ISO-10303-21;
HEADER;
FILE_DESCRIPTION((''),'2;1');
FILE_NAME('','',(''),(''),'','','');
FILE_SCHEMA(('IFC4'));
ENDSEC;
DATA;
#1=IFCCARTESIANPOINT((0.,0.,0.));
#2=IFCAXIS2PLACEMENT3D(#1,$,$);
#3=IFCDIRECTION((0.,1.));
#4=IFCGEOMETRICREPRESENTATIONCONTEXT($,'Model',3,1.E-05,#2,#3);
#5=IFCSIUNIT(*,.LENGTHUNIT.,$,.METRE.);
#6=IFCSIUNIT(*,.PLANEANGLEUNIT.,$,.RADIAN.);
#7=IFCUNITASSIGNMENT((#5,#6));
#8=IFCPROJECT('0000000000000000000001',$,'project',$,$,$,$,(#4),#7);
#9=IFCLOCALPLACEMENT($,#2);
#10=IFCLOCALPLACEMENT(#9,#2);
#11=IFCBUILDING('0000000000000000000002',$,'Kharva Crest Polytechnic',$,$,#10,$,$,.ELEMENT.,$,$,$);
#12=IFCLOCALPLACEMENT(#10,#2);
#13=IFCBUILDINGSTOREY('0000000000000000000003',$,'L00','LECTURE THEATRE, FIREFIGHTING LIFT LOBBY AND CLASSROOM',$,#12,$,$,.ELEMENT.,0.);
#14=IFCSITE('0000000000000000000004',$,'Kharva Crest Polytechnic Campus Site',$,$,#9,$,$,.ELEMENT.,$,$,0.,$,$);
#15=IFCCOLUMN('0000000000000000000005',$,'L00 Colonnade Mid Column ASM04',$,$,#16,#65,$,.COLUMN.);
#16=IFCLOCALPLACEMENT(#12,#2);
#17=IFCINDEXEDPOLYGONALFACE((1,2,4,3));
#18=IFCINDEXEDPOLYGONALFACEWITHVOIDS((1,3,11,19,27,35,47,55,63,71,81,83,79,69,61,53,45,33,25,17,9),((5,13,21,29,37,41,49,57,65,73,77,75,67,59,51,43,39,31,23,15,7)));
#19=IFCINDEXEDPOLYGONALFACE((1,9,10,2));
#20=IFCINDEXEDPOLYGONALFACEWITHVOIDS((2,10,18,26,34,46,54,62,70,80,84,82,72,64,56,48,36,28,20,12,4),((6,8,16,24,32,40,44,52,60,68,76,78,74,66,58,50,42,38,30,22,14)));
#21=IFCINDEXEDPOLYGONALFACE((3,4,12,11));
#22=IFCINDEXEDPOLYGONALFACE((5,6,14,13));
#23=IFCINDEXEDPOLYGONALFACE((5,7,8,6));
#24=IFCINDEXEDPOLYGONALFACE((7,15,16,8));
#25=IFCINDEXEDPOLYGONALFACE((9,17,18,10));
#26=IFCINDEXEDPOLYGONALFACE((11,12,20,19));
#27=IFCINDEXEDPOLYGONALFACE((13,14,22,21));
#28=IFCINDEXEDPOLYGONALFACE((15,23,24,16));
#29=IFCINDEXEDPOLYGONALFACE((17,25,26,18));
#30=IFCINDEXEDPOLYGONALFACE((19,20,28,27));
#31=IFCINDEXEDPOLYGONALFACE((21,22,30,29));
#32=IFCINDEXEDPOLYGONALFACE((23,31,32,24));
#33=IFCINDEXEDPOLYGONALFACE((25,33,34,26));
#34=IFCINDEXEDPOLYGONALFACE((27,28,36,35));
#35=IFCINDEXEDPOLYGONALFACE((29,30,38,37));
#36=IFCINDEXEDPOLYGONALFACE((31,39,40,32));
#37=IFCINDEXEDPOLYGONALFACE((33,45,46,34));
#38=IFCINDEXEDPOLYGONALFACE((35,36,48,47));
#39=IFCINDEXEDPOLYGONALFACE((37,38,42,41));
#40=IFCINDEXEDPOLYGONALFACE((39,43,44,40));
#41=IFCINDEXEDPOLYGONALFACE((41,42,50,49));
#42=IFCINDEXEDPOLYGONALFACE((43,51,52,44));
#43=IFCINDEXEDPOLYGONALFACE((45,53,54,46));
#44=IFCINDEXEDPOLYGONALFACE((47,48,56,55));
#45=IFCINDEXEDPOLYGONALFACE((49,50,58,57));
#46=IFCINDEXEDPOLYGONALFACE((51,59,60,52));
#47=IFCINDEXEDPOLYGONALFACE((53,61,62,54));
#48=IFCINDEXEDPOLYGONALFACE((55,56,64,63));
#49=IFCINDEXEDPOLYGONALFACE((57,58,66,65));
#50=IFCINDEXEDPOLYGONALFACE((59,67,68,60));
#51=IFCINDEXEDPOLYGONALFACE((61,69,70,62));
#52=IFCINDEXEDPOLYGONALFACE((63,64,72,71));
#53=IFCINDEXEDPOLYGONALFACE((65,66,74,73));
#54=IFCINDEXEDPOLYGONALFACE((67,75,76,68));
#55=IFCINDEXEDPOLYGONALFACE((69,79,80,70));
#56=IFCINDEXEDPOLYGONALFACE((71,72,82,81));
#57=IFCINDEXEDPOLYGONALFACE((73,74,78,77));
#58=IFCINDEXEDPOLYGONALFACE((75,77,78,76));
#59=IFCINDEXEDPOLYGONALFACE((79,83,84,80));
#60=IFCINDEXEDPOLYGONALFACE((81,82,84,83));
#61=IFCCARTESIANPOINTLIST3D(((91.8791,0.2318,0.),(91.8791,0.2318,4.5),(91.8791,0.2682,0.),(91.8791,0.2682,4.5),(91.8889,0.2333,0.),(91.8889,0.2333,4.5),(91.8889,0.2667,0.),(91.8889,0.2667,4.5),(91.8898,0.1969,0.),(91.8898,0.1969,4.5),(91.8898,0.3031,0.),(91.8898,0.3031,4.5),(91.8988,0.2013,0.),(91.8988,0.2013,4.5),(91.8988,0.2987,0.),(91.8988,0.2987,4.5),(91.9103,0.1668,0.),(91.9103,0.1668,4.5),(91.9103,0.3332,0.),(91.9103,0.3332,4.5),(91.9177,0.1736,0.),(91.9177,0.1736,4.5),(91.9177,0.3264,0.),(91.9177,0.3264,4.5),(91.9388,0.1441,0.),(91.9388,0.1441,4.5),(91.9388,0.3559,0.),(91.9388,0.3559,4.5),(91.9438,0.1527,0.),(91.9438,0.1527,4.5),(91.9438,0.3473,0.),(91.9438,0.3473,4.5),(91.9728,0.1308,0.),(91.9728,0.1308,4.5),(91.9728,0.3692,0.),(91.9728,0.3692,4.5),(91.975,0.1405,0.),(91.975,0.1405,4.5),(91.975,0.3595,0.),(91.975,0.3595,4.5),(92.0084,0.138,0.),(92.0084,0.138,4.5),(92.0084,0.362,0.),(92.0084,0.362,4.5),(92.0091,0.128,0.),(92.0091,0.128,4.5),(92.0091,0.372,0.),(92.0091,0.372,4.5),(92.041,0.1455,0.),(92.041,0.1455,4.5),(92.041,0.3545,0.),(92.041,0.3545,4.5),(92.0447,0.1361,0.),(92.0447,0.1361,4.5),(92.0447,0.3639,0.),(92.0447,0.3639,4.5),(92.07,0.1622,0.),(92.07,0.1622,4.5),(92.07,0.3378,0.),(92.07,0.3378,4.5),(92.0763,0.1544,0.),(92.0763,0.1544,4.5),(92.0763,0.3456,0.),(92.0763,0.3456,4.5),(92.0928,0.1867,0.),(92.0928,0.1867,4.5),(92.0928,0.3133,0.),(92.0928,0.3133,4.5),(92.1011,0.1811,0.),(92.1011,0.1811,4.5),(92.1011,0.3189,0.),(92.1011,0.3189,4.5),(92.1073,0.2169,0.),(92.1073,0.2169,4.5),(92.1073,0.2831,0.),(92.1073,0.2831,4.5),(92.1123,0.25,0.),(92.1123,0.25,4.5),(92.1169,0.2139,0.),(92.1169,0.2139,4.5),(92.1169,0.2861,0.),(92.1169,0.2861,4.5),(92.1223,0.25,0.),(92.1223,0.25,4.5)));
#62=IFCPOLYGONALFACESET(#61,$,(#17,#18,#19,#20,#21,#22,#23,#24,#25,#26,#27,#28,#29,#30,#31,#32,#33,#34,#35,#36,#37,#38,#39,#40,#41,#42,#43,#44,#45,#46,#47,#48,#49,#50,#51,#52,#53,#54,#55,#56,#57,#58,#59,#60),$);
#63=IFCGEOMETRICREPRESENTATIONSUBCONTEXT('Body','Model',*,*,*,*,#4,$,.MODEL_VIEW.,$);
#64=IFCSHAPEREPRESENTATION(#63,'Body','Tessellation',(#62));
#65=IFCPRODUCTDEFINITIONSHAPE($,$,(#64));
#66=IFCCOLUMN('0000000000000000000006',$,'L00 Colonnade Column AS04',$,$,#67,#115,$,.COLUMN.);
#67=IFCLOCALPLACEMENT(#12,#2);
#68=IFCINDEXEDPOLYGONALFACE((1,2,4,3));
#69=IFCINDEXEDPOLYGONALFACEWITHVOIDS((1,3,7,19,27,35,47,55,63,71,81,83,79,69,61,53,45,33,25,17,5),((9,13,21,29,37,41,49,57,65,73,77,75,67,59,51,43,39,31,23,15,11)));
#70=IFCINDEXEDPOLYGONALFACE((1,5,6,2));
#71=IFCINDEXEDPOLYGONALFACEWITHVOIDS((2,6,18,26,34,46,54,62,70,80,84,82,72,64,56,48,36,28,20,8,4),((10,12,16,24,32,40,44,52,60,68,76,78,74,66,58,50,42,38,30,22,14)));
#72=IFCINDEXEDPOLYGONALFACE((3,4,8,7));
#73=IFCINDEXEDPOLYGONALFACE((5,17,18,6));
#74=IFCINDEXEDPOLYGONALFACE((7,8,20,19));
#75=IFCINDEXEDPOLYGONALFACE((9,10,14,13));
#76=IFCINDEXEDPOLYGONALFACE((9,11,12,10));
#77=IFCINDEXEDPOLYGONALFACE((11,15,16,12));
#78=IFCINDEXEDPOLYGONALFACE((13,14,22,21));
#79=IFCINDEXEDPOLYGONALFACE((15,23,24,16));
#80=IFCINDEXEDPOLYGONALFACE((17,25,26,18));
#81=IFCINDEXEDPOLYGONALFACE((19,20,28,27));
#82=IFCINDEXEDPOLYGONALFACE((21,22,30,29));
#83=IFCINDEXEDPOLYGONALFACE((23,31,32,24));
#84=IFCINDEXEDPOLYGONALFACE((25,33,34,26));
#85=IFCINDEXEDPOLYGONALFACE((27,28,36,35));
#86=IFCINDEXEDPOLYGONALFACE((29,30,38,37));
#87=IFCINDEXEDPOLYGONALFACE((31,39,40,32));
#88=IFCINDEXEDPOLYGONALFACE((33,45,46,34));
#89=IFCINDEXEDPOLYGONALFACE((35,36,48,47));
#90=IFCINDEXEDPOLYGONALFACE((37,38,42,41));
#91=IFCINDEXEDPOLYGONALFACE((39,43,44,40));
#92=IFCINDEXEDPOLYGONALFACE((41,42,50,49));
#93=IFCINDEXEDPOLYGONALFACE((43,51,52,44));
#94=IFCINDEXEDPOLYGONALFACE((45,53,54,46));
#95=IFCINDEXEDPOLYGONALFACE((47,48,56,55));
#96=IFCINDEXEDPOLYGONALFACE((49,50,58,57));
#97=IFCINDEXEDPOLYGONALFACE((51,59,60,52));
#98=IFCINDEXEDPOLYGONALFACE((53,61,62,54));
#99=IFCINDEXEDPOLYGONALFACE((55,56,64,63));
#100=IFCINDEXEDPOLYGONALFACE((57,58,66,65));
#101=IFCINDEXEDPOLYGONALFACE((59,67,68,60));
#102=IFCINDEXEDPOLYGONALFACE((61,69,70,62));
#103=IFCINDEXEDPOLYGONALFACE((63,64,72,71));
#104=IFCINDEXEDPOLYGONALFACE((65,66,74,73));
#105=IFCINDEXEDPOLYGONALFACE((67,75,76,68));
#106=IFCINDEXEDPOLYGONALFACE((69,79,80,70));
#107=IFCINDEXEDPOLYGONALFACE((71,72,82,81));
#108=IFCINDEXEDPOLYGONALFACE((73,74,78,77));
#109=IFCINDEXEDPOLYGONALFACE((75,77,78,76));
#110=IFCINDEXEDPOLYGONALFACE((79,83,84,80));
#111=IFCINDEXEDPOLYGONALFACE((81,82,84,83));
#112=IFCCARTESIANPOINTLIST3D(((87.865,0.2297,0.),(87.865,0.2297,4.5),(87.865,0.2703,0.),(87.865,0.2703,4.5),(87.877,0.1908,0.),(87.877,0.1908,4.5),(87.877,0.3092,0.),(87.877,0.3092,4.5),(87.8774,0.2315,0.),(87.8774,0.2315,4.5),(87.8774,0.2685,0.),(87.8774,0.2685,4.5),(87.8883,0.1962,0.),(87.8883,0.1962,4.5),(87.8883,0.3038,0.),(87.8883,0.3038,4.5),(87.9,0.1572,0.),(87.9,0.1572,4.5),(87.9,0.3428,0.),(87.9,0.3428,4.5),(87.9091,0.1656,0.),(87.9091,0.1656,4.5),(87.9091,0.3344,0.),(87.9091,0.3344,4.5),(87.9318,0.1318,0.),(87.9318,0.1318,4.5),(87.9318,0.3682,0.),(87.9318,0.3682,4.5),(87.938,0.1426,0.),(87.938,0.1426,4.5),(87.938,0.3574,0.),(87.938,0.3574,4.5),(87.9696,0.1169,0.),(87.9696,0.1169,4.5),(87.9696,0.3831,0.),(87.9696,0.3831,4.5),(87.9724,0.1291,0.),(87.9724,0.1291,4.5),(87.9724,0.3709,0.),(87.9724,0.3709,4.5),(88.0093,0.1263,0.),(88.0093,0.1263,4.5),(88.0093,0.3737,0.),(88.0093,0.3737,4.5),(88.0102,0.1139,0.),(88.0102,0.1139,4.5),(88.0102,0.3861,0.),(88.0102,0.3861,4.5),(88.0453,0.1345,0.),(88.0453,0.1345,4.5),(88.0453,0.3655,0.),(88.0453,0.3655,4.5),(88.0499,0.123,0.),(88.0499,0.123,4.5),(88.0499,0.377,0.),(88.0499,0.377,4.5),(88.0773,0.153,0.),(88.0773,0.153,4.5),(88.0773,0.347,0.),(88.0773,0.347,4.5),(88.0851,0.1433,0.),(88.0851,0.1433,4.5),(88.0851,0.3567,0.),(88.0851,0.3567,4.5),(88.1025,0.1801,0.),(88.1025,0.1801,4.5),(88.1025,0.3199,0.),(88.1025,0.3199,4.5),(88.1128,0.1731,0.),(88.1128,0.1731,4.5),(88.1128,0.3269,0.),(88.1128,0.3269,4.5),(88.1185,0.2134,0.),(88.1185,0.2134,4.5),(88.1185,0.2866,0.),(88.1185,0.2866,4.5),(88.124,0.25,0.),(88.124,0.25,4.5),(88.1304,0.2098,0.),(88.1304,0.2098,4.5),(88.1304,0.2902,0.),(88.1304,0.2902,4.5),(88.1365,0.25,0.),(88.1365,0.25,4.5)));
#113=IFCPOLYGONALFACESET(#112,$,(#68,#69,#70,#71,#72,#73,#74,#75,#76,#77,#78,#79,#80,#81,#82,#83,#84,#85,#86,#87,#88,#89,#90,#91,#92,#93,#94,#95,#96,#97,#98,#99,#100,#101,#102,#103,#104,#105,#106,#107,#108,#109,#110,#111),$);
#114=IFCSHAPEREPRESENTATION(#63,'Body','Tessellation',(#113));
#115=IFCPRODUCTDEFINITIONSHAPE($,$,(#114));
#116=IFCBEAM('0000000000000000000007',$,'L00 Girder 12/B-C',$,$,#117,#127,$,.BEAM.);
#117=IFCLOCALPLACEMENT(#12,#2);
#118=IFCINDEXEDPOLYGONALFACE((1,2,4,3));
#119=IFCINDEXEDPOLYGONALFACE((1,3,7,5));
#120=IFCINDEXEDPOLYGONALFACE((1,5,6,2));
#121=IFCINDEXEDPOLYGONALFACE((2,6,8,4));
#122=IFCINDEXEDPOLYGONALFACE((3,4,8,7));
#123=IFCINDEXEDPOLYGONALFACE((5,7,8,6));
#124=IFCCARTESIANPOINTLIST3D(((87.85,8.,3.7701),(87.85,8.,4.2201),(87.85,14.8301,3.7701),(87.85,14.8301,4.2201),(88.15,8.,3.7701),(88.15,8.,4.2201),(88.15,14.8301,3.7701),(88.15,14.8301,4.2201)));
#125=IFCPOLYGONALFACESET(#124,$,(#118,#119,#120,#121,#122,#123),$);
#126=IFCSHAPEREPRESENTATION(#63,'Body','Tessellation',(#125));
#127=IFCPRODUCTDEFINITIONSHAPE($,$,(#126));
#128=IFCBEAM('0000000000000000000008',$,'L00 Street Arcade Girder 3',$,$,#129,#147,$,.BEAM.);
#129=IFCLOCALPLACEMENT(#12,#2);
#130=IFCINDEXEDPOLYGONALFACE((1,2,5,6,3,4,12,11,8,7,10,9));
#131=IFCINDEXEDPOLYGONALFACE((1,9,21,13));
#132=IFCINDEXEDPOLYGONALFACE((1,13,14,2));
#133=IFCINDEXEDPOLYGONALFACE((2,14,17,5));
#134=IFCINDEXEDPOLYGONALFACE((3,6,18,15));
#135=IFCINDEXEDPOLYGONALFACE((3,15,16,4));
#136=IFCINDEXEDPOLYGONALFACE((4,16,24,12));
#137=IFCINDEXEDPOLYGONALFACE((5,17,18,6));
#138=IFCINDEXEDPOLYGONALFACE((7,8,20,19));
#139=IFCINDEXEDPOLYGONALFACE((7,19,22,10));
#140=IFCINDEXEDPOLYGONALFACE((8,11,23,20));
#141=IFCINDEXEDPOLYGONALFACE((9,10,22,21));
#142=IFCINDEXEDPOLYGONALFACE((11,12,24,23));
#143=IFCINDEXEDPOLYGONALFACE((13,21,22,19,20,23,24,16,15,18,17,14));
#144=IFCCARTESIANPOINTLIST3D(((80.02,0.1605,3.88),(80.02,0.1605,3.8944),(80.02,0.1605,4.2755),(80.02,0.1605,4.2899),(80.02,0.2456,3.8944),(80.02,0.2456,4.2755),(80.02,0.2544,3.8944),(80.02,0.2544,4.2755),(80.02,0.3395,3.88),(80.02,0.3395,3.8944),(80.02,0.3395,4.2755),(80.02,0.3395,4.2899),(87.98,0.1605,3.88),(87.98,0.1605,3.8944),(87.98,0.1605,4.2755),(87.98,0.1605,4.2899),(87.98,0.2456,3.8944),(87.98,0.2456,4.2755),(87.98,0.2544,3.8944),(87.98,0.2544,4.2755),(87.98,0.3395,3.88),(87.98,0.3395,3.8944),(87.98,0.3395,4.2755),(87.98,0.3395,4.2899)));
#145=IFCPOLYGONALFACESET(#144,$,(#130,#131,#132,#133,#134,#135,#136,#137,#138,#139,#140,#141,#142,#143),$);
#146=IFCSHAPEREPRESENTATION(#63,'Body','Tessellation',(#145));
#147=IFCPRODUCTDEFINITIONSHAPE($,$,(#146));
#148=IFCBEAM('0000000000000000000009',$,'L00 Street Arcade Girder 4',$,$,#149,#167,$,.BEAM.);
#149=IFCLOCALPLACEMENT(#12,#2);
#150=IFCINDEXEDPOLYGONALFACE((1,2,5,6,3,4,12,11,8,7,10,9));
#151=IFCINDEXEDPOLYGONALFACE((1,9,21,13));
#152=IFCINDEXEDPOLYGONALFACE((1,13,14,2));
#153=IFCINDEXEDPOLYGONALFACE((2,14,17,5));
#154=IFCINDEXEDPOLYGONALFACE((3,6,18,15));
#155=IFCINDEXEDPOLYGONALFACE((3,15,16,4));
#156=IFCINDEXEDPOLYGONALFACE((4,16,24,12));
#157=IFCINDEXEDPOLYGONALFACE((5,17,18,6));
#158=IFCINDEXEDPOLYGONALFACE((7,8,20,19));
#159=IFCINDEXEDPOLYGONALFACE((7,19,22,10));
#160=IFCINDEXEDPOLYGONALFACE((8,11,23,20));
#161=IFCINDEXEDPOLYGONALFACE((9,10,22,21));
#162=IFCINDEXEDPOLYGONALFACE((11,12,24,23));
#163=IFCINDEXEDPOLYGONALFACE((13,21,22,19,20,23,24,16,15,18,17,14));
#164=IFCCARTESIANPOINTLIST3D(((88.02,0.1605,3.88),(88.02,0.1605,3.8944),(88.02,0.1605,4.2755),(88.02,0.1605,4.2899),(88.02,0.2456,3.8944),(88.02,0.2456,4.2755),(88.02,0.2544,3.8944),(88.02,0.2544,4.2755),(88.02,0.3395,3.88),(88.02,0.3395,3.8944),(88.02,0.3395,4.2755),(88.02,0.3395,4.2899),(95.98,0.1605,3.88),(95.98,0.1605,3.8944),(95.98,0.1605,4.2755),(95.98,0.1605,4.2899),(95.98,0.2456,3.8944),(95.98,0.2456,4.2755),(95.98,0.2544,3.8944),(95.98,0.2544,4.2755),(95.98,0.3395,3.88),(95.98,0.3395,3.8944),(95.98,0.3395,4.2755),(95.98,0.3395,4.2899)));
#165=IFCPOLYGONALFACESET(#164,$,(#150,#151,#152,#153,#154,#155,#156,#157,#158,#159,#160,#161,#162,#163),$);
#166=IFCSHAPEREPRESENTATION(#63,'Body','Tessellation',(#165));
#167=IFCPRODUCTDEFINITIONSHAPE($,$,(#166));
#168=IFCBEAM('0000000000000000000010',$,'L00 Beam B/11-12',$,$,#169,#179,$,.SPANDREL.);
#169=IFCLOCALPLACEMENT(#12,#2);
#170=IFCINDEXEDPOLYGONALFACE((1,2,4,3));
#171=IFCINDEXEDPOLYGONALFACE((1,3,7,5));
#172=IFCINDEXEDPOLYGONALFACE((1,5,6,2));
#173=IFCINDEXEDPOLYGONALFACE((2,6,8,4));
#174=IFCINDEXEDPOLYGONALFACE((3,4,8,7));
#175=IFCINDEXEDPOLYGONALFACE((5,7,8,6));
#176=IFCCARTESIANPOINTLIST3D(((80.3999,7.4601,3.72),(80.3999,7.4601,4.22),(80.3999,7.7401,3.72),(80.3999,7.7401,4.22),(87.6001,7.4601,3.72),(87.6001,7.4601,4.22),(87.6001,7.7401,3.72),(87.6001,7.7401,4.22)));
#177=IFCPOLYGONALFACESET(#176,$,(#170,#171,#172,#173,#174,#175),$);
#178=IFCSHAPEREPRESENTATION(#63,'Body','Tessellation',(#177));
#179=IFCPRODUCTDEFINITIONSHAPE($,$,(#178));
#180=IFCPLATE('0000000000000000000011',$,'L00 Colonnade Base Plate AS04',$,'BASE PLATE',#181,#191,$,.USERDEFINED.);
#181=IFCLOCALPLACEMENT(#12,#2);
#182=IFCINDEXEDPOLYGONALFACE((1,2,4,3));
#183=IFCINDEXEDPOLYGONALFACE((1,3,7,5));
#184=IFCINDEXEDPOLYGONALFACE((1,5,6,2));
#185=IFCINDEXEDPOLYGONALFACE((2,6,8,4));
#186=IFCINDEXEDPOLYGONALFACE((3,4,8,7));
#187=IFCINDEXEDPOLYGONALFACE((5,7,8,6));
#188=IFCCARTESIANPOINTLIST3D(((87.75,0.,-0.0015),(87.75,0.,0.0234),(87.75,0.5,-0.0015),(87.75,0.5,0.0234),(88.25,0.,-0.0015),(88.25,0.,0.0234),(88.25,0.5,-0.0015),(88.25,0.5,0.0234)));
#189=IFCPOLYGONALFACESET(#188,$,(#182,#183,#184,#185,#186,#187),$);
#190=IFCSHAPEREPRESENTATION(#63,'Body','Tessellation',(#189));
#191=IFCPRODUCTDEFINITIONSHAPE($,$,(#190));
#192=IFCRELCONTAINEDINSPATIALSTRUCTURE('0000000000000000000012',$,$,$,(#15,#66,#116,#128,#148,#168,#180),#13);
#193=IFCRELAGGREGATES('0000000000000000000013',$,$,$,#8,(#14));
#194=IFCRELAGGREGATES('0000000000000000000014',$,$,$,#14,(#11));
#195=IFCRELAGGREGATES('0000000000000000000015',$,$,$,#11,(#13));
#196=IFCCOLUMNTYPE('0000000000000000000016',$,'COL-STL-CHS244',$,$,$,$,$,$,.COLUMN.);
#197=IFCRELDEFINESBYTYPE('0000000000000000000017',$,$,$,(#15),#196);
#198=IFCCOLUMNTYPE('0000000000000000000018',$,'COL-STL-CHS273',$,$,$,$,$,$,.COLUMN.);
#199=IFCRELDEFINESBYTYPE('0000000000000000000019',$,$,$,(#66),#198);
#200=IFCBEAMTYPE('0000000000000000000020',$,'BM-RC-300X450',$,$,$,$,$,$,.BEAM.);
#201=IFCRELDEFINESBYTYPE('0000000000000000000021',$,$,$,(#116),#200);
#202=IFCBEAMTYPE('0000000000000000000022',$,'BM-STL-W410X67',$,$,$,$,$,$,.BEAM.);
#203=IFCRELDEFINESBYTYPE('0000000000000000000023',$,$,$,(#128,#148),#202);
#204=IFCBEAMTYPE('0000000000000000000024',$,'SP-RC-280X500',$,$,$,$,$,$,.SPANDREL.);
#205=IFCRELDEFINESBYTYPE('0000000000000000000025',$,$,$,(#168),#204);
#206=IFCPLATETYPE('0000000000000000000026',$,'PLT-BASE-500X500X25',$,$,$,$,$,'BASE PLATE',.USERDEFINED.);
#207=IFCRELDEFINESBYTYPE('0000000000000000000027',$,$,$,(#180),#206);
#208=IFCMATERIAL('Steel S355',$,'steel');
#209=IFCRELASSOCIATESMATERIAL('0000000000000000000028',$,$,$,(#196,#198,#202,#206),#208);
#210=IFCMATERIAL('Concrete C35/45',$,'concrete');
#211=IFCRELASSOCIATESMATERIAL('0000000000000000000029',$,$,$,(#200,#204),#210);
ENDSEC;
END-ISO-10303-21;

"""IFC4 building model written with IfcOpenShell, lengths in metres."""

from ifc_helpers import new_model, si_unit, direction, frame, origin, origin_2d, place, context, subcontext, project, spatial, rectangle, hollow_circle, i_section, extrude, material, material_profile, profile_set, type_object, element, save


model = new_model("IFC4")

# Units and contexts
model_context = context("Model", 3, precision=1e-05, world=origin(), true_north=direction((0.0, 1.0)))
body_context = subcontext(model_context, "Body", "Model", "MODEL_VIEW")
ifc_project = project(units=[si_unit("LENGTHUNIT", "METRE"), si_unit("PLANEANGLEUNIT", "RADIAN")], contexts=[model_context])

# Site, building, storey
site_placement = place(None, origin())
site = spatial("IfcSite", under=ifc_project, at=site_placement, Name="Kharva Crest Polytechnic Campus Site", CompositionType="ELEMENT", RefElevation=0.0)
building_placement = place(site_placement, origin())
building = spatial("IfcBuilding", under=site, at=building_placement, Name="Kharva Crest Polytechnic", CompositionType="ELEMENT")
storey_placement = place(building_placement, origin())
storey = spatial("IfcBuildingStorey", under=building, at=storey_placement, Name="L00", Description="LECTURE THEATRE, FIREFIGHTING LIFT LOBBY AND CLASSROOM", CompositionType="ELEMENT", Elevation=0.0)

# Shared definitions
ifc_material_1 = material(Name="Concrete C35/45", Category="concrete")

# Columns
ifc_material_2 = material(Name="Steel S355", Category="steel")
ifc_material_profile_1 = material_profile(ifc_material_2, hollow_circle(Radius=0.1223, WallThickness=0.01, at=origin_2d()), Name="CHS 244.5X10.0")
ifc_profile_set_1 = profile_set([ifc_material_profile_1], Name="Steel S355")
column_type_1 = type_object("IfcColumnType", Name="COL-STL-CHS244", PredefinedType="COLUMN", material=ifc_profile_set_1)
for number, where, z_axis, x_axis, name in (
    (1, (92.0, 0.25, 0.0), (0.0, 0.0, 1.0), (1.0, 0.0, 0.0), "L00 Colonnade Mid Column ASM04"),
):
    element("IfcColumn", number, at=place(storey_placement, frame(where, z_axis=z_axis, x_axis=x_axis)), inside=storey, type_object=column_type_1, Name=name, PredefinedType="COLUMN", context=body_context, shape_type="SweptSolid", body=[
        extrude(hollow_circle(Radius=0.1223, WallThickness=0.01, at=origin_2d()), origin(), (0.0, 0.0, 1.0), 4.5),
    ])
ifc_material_profile_2 = material_profile(ifc_material_2, hollow_circle(Radius=0.1365, WallThickness=0.0125, at=origin_2d()), Name="CHS 273.0X12.5")
ifc_profile_set_2 = profile_set([ifc_material_profile_2], Name="Steel S355")
column_type_2 = type_object("IfcColumnType", Name="COL-STL-CHS273", PredefinedType="COLUMN", material=ifc_profile_set_2)
column_1_placement = place(storey_placement, frame((88.0, 0.25, 0.0), z_axis=(0.0, 0.0, 1.0), x_axis=(1.0, 0.0, 0.0)))
element("IfcColumn", 2, at=column_1_placement, inside=storey, type_object=column_type_2, Name="L00 Colonnade Column AS04", PredefinedType="COLUMN", context=body_context, shape_type="SweptSolid", body=[
    extrude(hollow_circle(Radius=0.1365, WallThickness=0.0125, at=origin_2d()), origin(), (0.0, 0.0, 1.0), 4.5),
])

# Beams
ifc_material_profile_3 = material_profile(ifc_material_1, rectangle(XDim=0.3, YDim=0.45, at=origin_2d()), Name="RECT 300 X 450")
ifc_profile_set_3 = profile_set([ifc_material_profile_3], Name="Concrete C35/45")
beam_type_1 = type_object("IfcBeamType", Name="BM-RC-300X450", PredefinedType="BEAM", material=ifc_profile_set_3)
beam_1_placement = place(storey_placement, frame((88.0, 8.0, 3.9951), z_axis=(0.0, 1.0, 0.0), x_axis=(-1.0, 0.0, 0.0)))
element("IfcBeam", 3, at=beam_1_placement, inside=storey, type_object=beam_type_1, Name="L00 Girder 12/B-C", PredefinedType="BEAM", context=body_context, shape_type="SweptSolid", body=[
    extrude(rectangle(XDim=0.3, YDim=0.45, at=origin_2d()), origin(), (0.0, 0.0, 1.0), 6.8301),
])
ifc_material_profile_4 = material_profile(ifc_material_2, i_section(OverallWidth=0.179, OverallDepth=0.4099, WebThickness=0.0088, FlangeThickness=0.0144, at=origin_2d()), Name="W410X67")
ifc_profile_set_4 = profile_set([ifc_material_profile_4], Name="Steel S355")
beam_type_2 = type_object("IfcBeamType", Name="BM-STL-W410X67", PredefinedType="BEAM", material=ifc_profile_set_4)
for number, where, z_axis, x_axis, name in (
    (4, (80.02, 0.25, 4.085), (1.0, 0.0, 0.0), (0.0, 1.0, 0.0), "L00 Street Arcade Girder 3"),
    (5, (88.02, 0.25, 4.085), (1.0, 0.0, 0.0), (0.0, 1.0, 0.0), "L00 Street Arcade Girder 4"),
):
    element("IfcBeam", number, at=place(storey_placement, frame(where, z_axis=z_axis, x_axis=x_axis)), inside=storey, type_object=beam_type_2, Name=name, PredefinedType="BEAM", context=body_context, shape_type="SweptSolid", body=[
        extrude(i_section(OverallWidth=0.179, OverallDepth=0.4099, WebThickness=0.0088, FlangeThickness=0.0144, at=origin_2d()), origin(), (0.0, 0.0, 1.0), 7.96),
    ])
ifc_material_profile_5 = material_profile(ifc_material_1, rectangle(XDim=0.28, YDim=0.5, at=origin_2d()), Name="RECT 280 X 500")
ifc_profile_set_5 = profile_set([ifc_material_profile_5], Name="Concrete C35/45")
beam_type_3 = type_object("IfcBeamType", Name="SP-RC-280X500", PredefinedType="SPANDREL", material=ifc_profile_set_5)
beam_2_placement = place(storey_placement, frame((80.3999, 7.6001, 3.97), z_axis=(1.0, 0.0, 0.0), x_axis=(0.0, 1.0, 0.0)))
element("IfcBeam", 6, at=beam_2_placement, inside=storey, type_object=beam_type_3, Name="L00 Beam B/11-12", PredefinedType="SPANDREL", context=body_context, shape_type="SweptSolid", body=[
    extrude(rectangle(XDim=0.28, YDim=0.5, at=origin_2d()), origin(), (0.0, 0.0, 1.0), 7.2002),
])

# Plate
plate_type = type_object("IfcPlateType", Name="PLT-BASE-500X500X25", ElementType="BASE PLATE", PredefinedType="USERDEFINED", material=ifc_material_2)
plate_placement = place(storey_placement, frame((88.0, 0.25, -0.0015), z_axis=(0.0, 0.0, 1.0), x_axis=(1.0, 0.0, 0.0)))
element("IfcPlate", 7, at=plate_placement, inside=storey, type_object=plate_type, Name="L00 Colonnade Base Plate AS04", ObjectType="BASE PLATE", PredefinedType="USERDEFINED", context=body_context, shape_type="SweptSolid", body=[
    extrude(rectangle(XDim=0.5, YDim=0.5, at=origin_2d()), origin(), (0.0, 0.0, 1.0), 0.0249),
])

save(model, "model.ifc")
